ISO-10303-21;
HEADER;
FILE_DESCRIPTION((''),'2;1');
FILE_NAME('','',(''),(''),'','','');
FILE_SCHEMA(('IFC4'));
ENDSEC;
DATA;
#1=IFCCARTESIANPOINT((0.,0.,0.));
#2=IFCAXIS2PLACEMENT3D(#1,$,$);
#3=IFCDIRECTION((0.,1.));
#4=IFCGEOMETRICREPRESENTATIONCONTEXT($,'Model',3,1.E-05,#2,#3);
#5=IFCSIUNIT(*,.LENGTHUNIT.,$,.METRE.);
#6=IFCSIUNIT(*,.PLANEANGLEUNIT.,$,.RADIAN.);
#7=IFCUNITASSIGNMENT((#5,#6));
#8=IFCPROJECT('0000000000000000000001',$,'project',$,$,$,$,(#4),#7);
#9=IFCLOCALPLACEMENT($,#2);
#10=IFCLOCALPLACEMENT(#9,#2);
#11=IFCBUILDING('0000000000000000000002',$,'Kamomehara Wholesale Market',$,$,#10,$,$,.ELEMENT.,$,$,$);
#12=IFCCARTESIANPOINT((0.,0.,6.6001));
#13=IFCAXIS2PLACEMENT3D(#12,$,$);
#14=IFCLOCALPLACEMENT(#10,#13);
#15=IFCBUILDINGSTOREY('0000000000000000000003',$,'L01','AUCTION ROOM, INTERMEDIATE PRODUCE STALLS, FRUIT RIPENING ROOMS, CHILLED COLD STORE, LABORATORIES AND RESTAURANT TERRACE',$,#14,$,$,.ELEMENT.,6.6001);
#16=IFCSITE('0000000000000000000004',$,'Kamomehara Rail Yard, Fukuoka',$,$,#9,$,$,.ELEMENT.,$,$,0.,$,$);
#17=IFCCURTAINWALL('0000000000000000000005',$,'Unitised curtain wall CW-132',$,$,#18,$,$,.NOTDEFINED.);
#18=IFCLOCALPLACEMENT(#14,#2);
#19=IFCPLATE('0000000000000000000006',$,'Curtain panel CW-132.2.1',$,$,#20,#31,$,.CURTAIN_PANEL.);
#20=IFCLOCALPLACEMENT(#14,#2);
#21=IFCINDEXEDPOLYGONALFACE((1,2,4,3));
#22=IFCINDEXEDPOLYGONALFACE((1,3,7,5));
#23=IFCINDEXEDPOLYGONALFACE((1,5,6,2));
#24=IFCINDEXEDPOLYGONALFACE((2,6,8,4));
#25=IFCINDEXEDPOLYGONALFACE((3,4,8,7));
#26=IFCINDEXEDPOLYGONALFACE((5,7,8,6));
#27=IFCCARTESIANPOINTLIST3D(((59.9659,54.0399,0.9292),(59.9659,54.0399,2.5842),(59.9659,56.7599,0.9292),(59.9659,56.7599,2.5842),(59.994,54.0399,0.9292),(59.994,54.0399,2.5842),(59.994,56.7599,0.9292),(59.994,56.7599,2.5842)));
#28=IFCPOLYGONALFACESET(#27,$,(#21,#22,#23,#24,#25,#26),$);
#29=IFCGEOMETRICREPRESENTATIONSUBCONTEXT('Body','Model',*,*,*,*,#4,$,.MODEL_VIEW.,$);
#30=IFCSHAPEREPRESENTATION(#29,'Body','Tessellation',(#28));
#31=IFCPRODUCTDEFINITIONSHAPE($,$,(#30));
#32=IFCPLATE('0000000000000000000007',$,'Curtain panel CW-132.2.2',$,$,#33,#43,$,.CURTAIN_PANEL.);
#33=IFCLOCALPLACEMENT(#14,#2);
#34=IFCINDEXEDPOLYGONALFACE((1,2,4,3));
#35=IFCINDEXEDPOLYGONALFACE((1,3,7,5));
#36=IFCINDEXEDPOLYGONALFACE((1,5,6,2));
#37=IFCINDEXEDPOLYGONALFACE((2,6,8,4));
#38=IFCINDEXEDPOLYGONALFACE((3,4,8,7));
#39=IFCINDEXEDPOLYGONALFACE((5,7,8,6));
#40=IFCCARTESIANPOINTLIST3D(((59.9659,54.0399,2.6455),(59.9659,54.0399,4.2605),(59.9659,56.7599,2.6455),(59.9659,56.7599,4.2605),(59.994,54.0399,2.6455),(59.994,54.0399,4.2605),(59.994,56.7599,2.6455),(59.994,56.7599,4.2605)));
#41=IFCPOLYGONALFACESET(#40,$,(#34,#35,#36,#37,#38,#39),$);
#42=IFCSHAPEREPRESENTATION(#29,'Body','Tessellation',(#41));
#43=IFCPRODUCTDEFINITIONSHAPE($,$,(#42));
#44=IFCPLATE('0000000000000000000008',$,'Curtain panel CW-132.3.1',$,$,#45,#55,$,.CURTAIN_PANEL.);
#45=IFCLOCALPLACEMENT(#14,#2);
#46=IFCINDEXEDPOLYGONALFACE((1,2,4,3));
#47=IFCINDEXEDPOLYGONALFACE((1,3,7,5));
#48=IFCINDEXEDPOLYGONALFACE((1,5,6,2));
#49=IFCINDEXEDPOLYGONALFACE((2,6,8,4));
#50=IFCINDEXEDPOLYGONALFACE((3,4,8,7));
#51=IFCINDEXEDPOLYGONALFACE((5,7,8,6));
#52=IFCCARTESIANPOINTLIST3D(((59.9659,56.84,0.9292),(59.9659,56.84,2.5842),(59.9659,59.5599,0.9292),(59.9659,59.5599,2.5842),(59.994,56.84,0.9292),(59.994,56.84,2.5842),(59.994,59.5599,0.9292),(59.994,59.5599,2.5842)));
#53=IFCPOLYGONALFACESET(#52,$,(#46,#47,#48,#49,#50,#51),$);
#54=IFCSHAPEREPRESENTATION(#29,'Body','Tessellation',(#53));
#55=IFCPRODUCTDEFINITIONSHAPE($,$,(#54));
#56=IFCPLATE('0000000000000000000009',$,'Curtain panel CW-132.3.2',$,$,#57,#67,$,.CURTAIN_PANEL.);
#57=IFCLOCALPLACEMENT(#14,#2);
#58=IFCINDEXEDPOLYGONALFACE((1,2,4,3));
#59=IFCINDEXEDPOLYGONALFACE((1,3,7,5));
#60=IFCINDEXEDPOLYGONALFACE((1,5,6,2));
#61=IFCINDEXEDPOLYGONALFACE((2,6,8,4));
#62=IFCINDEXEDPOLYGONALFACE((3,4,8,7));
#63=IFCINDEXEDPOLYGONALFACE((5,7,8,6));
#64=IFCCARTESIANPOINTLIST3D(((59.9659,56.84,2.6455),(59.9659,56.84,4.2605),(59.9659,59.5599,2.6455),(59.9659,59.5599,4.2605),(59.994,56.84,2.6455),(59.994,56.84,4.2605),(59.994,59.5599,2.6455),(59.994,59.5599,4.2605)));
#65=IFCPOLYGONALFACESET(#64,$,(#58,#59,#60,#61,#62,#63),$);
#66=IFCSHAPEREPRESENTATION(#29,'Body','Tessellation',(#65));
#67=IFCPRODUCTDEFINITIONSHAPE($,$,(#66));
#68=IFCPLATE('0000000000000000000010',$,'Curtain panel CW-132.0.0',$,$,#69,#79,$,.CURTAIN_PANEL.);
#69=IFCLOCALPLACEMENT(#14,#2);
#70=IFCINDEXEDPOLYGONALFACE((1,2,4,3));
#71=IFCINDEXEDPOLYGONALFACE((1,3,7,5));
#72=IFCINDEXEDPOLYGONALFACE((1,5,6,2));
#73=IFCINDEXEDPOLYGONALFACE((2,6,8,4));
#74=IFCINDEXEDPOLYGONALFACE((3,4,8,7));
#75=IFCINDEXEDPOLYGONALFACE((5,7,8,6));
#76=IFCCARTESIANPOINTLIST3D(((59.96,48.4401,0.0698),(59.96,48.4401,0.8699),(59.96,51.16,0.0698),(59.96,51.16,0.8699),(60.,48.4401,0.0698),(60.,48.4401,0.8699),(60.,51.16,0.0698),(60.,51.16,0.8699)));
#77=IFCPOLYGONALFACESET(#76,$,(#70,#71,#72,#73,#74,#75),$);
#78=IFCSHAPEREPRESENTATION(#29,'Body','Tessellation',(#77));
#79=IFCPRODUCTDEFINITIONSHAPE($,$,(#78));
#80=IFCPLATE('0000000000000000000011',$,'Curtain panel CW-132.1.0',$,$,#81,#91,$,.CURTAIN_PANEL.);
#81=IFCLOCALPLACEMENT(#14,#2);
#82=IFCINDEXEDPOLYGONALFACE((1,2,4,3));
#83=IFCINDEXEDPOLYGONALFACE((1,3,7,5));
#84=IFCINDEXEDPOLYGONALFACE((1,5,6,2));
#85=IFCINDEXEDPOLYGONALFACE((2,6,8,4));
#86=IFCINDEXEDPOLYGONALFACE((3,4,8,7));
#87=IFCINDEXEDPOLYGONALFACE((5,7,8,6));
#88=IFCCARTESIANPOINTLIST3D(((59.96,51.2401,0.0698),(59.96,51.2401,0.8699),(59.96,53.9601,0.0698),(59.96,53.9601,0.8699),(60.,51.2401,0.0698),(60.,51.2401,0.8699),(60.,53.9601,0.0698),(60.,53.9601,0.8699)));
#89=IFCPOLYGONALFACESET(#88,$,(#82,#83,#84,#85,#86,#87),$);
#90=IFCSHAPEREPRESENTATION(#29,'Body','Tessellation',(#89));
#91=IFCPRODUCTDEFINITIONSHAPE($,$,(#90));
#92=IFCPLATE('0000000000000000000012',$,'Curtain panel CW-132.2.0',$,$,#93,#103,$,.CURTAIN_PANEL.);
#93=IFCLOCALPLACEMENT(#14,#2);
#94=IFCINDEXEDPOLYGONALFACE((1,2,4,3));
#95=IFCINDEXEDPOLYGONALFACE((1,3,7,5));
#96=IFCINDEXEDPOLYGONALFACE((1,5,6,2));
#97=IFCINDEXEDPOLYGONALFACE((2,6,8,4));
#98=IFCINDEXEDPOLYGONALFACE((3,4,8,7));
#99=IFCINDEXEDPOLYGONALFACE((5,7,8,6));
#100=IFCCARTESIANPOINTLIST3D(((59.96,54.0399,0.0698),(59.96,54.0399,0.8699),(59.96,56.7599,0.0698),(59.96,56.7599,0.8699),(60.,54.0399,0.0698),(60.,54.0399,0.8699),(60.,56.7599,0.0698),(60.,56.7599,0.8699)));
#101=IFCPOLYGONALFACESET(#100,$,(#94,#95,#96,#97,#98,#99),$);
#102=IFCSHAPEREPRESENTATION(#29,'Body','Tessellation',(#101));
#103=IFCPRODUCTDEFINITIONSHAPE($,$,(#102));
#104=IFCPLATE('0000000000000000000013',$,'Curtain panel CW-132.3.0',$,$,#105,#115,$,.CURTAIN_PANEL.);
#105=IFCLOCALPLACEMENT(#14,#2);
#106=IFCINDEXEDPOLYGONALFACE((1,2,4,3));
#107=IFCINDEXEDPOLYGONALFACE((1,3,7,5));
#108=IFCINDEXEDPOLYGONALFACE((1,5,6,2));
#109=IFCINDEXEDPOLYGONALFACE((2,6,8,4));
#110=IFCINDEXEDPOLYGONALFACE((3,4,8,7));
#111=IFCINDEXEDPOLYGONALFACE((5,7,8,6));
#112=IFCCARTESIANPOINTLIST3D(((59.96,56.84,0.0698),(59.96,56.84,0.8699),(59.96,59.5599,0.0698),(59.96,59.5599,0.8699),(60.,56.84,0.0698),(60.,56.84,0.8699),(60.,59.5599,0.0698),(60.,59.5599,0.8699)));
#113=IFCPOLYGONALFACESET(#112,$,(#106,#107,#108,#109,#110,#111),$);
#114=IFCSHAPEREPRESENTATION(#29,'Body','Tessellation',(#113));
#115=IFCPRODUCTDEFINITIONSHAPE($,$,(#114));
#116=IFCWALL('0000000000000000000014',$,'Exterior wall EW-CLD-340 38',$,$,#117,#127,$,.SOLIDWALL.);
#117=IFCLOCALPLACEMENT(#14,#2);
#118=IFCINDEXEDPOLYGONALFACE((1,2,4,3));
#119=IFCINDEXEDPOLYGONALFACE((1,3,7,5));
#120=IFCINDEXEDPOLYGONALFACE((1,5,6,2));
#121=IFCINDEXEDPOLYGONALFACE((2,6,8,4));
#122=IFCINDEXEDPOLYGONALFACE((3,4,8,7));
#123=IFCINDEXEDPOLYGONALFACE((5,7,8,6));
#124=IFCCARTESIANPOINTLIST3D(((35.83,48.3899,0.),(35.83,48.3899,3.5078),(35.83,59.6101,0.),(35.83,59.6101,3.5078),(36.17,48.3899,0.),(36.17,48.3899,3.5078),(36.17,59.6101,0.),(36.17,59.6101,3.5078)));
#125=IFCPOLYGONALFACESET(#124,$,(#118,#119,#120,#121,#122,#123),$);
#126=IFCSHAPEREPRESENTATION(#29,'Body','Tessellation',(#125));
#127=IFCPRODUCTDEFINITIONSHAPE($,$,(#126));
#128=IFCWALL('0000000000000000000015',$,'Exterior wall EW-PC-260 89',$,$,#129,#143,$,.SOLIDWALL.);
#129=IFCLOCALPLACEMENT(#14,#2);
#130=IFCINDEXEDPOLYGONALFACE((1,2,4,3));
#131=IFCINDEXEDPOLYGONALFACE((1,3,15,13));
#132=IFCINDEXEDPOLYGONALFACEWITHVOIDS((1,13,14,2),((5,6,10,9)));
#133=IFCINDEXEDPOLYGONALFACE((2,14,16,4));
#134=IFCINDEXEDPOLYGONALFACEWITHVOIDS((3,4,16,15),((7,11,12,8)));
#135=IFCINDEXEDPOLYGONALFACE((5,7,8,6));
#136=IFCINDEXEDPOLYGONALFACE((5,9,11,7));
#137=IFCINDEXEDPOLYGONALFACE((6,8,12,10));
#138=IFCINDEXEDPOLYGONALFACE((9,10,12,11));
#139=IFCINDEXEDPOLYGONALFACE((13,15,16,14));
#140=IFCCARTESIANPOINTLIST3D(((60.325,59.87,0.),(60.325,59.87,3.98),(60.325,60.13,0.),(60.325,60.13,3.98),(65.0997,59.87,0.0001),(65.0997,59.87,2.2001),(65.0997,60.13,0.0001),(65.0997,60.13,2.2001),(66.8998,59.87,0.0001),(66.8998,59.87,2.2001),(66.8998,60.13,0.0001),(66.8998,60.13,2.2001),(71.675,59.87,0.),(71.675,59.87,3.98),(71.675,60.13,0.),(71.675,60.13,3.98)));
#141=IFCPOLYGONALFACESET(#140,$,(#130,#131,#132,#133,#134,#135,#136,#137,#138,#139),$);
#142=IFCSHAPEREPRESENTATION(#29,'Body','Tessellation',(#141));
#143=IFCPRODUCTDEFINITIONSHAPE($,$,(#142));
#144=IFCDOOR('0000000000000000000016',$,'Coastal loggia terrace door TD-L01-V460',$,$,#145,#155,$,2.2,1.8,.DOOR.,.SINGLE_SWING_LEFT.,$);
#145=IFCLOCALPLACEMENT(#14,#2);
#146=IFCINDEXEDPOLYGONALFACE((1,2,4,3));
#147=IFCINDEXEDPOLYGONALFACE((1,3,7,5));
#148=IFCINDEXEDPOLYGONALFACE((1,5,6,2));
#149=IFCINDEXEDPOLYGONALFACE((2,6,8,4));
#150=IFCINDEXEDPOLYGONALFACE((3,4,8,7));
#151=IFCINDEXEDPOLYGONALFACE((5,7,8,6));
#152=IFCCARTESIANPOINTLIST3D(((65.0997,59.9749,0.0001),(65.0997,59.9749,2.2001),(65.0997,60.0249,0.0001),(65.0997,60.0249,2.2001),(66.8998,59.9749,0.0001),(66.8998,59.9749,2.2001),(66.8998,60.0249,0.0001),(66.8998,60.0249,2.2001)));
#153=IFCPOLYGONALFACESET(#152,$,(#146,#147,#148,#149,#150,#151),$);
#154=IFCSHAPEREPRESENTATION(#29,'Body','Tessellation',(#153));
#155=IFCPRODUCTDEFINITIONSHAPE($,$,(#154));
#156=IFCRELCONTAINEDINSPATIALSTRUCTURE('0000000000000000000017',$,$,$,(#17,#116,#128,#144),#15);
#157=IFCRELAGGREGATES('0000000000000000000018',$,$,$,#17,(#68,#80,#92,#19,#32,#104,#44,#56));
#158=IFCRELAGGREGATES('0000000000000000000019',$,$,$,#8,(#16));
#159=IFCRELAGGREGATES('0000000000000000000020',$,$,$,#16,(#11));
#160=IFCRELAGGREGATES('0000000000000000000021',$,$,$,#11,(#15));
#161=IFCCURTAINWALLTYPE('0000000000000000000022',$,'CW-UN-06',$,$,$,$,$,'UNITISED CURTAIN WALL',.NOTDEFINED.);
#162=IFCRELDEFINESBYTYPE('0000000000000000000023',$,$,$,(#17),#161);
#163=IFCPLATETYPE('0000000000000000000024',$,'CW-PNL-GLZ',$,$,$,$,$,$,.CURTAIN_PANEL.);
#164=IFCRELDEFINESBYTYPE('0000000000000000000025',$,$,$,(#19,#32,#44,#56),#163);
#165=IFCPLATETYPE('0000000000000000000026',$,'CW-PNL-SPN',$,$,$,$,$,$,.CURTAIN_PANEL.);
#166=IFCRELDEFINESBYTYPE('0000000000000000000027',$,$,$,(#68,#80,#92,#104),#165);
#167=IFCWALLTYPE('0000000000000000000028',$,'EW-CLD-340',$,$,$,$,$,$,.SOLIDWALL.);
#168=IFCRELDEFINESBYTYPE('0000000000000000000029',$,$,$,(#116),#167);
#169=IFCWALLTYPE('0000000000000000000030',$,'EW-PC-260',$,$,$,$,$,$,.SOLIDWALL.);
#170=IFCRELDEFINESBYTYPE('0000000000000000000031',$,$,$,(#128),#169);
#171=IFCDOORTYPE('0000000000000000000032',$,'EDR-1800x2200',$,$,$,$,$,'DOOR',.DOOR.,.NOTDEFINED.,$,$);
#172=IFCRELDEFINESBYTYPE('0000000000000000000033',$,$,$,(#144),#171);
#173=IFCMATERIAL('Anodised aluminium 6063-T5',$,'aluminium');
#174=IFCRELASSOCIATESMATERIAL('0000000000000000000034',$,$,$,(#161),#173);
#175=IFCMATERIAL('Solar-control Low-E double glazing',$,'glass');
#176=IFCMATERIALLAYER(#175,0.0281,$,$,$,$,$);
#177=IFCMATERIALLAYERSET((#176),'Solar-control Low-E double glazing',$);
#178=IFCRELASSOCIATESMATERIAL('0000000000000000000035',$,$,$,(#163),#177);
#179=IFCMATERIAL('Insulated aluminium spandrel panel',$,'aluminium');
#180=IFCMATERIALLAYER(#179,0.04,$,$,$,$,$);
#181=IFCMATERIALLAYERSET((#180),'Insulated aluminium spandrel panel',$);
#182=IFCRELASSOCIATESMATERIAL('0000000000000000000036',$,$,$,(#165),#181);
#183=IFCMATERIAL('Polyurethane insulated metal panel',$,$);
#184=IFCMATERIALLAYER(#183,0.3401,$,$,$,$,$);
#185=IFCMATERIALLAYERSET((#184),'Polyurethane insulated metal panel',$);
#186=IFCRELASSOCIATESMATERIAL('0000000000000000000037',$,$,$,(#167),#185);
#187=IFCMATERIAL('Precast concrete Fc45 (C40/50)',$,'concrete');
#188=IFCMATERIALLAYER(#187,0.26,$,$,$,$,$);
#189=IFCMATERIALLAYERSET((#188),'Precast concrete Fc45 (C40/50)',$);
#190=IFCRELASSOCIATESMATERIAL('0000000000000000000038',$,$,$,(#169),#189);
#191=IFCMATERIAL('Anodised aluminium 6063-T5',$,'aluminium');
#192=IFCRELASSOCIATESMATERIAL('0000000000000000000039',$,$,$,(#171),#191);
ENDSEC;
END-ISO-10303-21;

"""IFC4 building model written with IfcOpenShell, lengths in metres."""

from ifc_helpers import new_model, si_unit, direction, frame, frame_2d, origin, origin_2d, place, context, subcontext, project, spatial, rectangle, extrude, material, layer, layer_set, type_object, element, fill, aggregate, save


model = new_model("IFC4")

# Units and contexts
model_context = context("Model", 3, precision=1e-05, world=origin(), true_north=direction((0.0, 1.0)))
body_context = subcontext(model_context, "Body", "Model", "MODEL_VIEW")
ifc_project = project(units=[si_unit("LENGTHUNIT", "METRE"), si_unit("PLANEANGLEUNIT", "RADIAN")], contexts=[model_context])

# Site, building, storey
site_placement = place(None, origin())
site = spatial("IfcSite", under=ifc_project, at=site_placement, Name="Kamomehara Rail Yard, Fukuoka", CompositionType="ELEMENT", RefElevation=0.0)
building_placement = place(site_placement, origin())
building = spatial("IfcBuilding", under=site, at=building_placement, Name="Kamomehara Wholesale Market", CompositionType="ELEMENT")
storey_placement = place(building_placement, frame((0.0, 0.0, 6.6001)))
storey = spatial("IfcBuildingStorey", under=building, at=storey_placement, Name="L01", Description="AUCTION ROOM, INTERMEDIATE PRODUCE STALLS, FRUIT RIPENING ROOMS, CHILLED COLD STORE, LABORATORIES AND RESTAURANT TERRACE", CompositionType="ELEMENT", Elevation=6.6001)

# Curtain wall, plates
ifc_material_1 = material(Name="Anodised aluminium 6063-T5", Category="aluminium")
curtain_wall_type = type_object("IfcCurtainWallType", Name="CW-UN-06", ElementType="UNITISED CURTAIN WALL", PredefinedType="NOTDEFINED", material=ifc_material_1)
curtain_wall_placement = place(storey_placement, origin())
curtain_wall = element("IfcCurtainWall", 1, at=curtain_wall_placement, inside=storey, type_object=curtain_wall_type, Name="Unitised curtain wall CW-132", PredefinedType="NOTDEFINED")
ifc_material_2 = material(Name="Solar-control Low-E double glazing", Category="glass")
ifc_layer_1 = layer(ifc_material_2, 0.0281)
ifc_layer_set_1 = layer_set([ifc_layer_1], Name="Solar-control Low-E double glazing")
plate_type_1 = type_object("IfcPlateType", Name="CW-PNL-GLZ", PredefinedType="CURTAIN_PANEL", material=ifc_layer_set_1)
plate_1_placement = place(storey_placement, frame((59.98, 55.3999, 0.9292), z_axis=(0.0, 0.0, 1.0), x_axis=(0.0, 1.0, 0.0)))
plate_1 = element("IfcPlate", 2, at=plate_1_placement, type_object=plate_type_1, Name="Curtain panel CW-132.2.1", PredefinedType="CURTAIN_PANEL", context=body_context, shape_type="SweptSolid", body=[
    extrude(rectangle(XDim=2.72, YDim=0.0281, at=origin_2d()), origin(), (0.0, 0.0, 1.0), 1.655),
])
plate_2_placement = place(storey_placement, frame((59.98, 55.3999, 2.6455), z_axis=(0.0, 0.0, 1.0), x_axis=(0.0, 1.0, 0.0)))
plate_2 = element("IfcPlate", 3, at=plate_2_placement, type_object=plate_type_1, Name="Curtain panel CW-132.2.2", PredefinedType="CURTAIN_PANEL", context=body_context, shape_type="SweptSolid", body=[
    extrude(rectangle(XDim=2.72, YDim=0.0281, at=origin_2d()), origin(), (0.0, 0.0, 1.0), 1.615),
])
plate_3_placement = place(storey_placement, frame((59.98, 58.2, 0.9292), z_axis=(0.0, 0.0, 1.0), x_axis=(0.0, 1.0, 0.0)))
plate_3 = element("IfcPlate", 4, at=plate_3_placement, type_object=plate_type_1, Name="Curtain panel CW-132.3.1", PredefinedType="CURTAIN_PANEL", context=body_context, shape_type="SweptSolid", body=[
    extrude(rectangle(XDim=2.72, YDim=0.0281, at=origin_2d()), origin(), (0.0, 0.0, 1.0), 1.655),
])
plate_4_placement = place(storey_placement, frame((59.98, 58.2, 2.6455), z_axis=(0.0, 0.0, 1.0), x_axis=(0.0, 1.0, 0.0)))
plate_4 = element("IfcPlate", 5, at=plate_4_placement, type_object=plate_type_1, Name="Curtain panel CW-132.3.2", PredefinedType="CURTAIN_PANEL", context=body_context, shape_type="SweptSolid", body=[
    extrude(rectangle(XDim=2.72, YDim=0.0281, at=origin_2d()), origin(), (0.0, 0.0, 1.0), 1.615),
])
ifc_material_3 = material(Name="Insulated aluminium spandrel panel", Category="aluminium")
ifc_layer_2 = layer(ifc_material_3, 0.04)
ifc_layer_set_2 = layer_set([ifc_layer_2], Name="Insulated aluminium spandrel panel")
plate_type_2 = type_object("IfcPlateType", Name="CW-PNL-SPN", PredefinedType="CURTAIN_PANEL", material=ifc_layer_set_2)
plate_5_placement = place(storey_placement, frame((59.98, 49.8, 0.0698), z_axis=(0.0, 0.0, 1.0), x_axis=(0.0, 1.0, 0.0)))
plate_5 = element("IfcPlate", 6, at=plate_5_placement, type_object=plate_type_2, Name="Curtain panel CW-132.0.0", PredefinedType="CURTAIN_PANEL", context=body_context, shape_type="SweptSolid", body=[
    extrude(rectangle(XDim=2.72, YDim=0.04, at=origin_2d()), origin(), (0.0, 0.0, 1.0), 0.8),
])
plate_6_placement = place(storey_placement, frame((59.98, 52.6001, 0.0698), z_axis=(0.0, 0.0, 1.0), x_axis=(0.0, 1.0, 0.0)))
plate_6 = element("IfcPlate", 7, at=plate_6_placement, type_object=plate_type_2, Name="Curtain panel CW-132.1.0", PredefinedType="CURTAIN_PANEL", context=body_context, shape_type="SweptSolid", body=[
    extrude(rectangle(XDim=2.72, YDim=0.04, at=origin_2d()), origin(), (0.0, 0.0, 1.0), 0.8),
])
plate_7_placement = place(storey_placement, frame((59.98, 55.3999, 0.0698), z_axis=(0.0, 0.0, 1.0), x_axis=(0.0, 1.0, 0.0)))
plate_7 = element("IfcPlate", 8, at=plate_7_placement, type_object=plate_type_2, Name="Curtain panel CW-132.2.0", PredefinedType="CURTAIN_PANEL", context=body_context, shape_type="SweptSolid", body=[
    extrude(rectangle(XDim=2.72, YDim=0.04, at=origin_2d()), origin(), (0.0, 0.0, 1.0), 0.8),
])
plate_8_placement = place(storey_placement, frame((59.98, 58.2, 0.0698), z_axis=(0.0, 0.0, 1.0), x_axis=(0.0, 1.0, 0.0)))
plate_8 = element("IfcPlate", 9, at=plate_8_placement, type_object=plate_type_2, Name="Curtain panel CW-132.3.0", PredefinedType="CURTAIN_PANEL", context=body_context, shape_type="SweptSolid", body=[
    extrude(rectangle(XDim=2.72, YDim=0.04, at=origin_2d()), origin(), (0.0, 0.0, 1.0), 0.8),
])
aggregate(curtain_wall, [plate_5, plate_6, plate_7, plate_1, plate_2, plate_8, plate_3, plate_4])

# Wall
ifc_material_4 = material(Name="Polyurethane insulated metal panel")
ifc_layer_3 = layer(ifc_material_4, 0.3401)
ifc_layer_set_3 = layer_set([ifc_layer_3], Name="Polyurethane insulated metal panel")
wall_type_1 = type_object("IfcWallType", Name="EW-CLD-340", PredefinedType="SOLIDWALL", material=ifc_layer_set_3)
wall_1_placement = place(storey_placement, frame((36.0, 59.6101, 0.0), z_axis=(0.0, 0.0, 1.0), x_axis=(0.0, -1.0, 0.0)))
element("IfcWall", 10, at=wall_1_placement, inside=storey, type_object=wall_type_1, Name="Exterior wall EW-CLD-340 38", PredefinedType="SOLIDWALL", context=body_context, shape_type="SweptSolid", body=[
    extrude(rectangle(XDim=11.2202, YDim=0.3401, at=frame_2d((5.6101, 0.0))), origin(), (0.0, 0.0, 1.0), 3.5078),
])

# Wall, opening, door
ifc_material_5 = material(Name="Precast concrete Fc45 (C40/50)", Category="concrete")
ifc_layer_4 = layer(ifc_material_5, 0.26)
ifc_layer_set_4 = layer_set([ifc_layer_4], Name="Precast concrete Fc45 (C40/50)")
wall_type_2 = type_object("IfcWallType", Name="EW-PC-260", PredefinedType="SOLIDWALL", material=ifc_layer_set_4)
wall_2_placement = place(storey_placement, frame((60.325, 60.0, 0.0), z_axis=(0.0, 0.0, 1.0), x_axis=(1.0, 0.0, 0.0)))
wall_2 = element("IfcWall", 11, at=wall_2_placement, inside=storey, type_object=wall_type_2, Name="Exterior wall EW-PC-260 89", PredefinedType="SOLIDWALL", context=body_context, shape_type="SweptSolid", body=[
    extrude(rectangle(XDim=11.3501, YDim=0.26, at=frame_2d((5.675, 0.0))), origin(), (0.0, 0.0, 1.0), 3.98),
])
opening_placement = place(wall_2_placement, frame((4.7749, 0.0, 0.0)))
opening = element("IfcOpeningElement", 12, at=opening_placement, cuts=wall_2, PredefinedType="OPENING", context=body_context, shape_type="SweptSolid", body=[
    extrude(rectangle(XDim=1.8, YDim=2.2, at=frame_2d((0.8999, 1.1001))), frame((0.0, 0.145, 0.0), z_axis=(0.0, -1.0, 0.0), x_axis=(1.0, 0.0, 0.0)), (0.0, 0.0, 1.0), 0.2898),
])
ifc_material_6 = material(Name="Anodised aluminium 6063-T5", Category="aluminium")
door_type = type_object("IfcDoorType", Name="EDR-1800x2200", ElementType="DOOR", OperationType="NOTDEFINED", PredefinedType="DOOR", material=ifc_material_6)
door_placement = place(opening_placement, origin())
door = element("IfcDoor", 13, at=door_placement, inside=storey, type_object=door_type, Name="Coastal loggia terrace door TD-L01-V460", OperationType="SINGLE_SWING_LEFT", OverallHeight=2.2, OverallWidth=1.8, PredefinedType="DOOR", context=body_context, shape_type="SweptSolid", body=[
    extrude(rectangle(XDim=1.8, YDim=2.2, at=frame_2d((0.8999, 1.1001))), frame((0.0, 0.0249, 0.0), z_axis=(0.0, -1.0, 0.0), x_axis=(1.0, 0.0, 0.0)), (0.0, 0.0, 1.0), 0.05),
])
fill(opening, door)

save(model, "model.ifc")
